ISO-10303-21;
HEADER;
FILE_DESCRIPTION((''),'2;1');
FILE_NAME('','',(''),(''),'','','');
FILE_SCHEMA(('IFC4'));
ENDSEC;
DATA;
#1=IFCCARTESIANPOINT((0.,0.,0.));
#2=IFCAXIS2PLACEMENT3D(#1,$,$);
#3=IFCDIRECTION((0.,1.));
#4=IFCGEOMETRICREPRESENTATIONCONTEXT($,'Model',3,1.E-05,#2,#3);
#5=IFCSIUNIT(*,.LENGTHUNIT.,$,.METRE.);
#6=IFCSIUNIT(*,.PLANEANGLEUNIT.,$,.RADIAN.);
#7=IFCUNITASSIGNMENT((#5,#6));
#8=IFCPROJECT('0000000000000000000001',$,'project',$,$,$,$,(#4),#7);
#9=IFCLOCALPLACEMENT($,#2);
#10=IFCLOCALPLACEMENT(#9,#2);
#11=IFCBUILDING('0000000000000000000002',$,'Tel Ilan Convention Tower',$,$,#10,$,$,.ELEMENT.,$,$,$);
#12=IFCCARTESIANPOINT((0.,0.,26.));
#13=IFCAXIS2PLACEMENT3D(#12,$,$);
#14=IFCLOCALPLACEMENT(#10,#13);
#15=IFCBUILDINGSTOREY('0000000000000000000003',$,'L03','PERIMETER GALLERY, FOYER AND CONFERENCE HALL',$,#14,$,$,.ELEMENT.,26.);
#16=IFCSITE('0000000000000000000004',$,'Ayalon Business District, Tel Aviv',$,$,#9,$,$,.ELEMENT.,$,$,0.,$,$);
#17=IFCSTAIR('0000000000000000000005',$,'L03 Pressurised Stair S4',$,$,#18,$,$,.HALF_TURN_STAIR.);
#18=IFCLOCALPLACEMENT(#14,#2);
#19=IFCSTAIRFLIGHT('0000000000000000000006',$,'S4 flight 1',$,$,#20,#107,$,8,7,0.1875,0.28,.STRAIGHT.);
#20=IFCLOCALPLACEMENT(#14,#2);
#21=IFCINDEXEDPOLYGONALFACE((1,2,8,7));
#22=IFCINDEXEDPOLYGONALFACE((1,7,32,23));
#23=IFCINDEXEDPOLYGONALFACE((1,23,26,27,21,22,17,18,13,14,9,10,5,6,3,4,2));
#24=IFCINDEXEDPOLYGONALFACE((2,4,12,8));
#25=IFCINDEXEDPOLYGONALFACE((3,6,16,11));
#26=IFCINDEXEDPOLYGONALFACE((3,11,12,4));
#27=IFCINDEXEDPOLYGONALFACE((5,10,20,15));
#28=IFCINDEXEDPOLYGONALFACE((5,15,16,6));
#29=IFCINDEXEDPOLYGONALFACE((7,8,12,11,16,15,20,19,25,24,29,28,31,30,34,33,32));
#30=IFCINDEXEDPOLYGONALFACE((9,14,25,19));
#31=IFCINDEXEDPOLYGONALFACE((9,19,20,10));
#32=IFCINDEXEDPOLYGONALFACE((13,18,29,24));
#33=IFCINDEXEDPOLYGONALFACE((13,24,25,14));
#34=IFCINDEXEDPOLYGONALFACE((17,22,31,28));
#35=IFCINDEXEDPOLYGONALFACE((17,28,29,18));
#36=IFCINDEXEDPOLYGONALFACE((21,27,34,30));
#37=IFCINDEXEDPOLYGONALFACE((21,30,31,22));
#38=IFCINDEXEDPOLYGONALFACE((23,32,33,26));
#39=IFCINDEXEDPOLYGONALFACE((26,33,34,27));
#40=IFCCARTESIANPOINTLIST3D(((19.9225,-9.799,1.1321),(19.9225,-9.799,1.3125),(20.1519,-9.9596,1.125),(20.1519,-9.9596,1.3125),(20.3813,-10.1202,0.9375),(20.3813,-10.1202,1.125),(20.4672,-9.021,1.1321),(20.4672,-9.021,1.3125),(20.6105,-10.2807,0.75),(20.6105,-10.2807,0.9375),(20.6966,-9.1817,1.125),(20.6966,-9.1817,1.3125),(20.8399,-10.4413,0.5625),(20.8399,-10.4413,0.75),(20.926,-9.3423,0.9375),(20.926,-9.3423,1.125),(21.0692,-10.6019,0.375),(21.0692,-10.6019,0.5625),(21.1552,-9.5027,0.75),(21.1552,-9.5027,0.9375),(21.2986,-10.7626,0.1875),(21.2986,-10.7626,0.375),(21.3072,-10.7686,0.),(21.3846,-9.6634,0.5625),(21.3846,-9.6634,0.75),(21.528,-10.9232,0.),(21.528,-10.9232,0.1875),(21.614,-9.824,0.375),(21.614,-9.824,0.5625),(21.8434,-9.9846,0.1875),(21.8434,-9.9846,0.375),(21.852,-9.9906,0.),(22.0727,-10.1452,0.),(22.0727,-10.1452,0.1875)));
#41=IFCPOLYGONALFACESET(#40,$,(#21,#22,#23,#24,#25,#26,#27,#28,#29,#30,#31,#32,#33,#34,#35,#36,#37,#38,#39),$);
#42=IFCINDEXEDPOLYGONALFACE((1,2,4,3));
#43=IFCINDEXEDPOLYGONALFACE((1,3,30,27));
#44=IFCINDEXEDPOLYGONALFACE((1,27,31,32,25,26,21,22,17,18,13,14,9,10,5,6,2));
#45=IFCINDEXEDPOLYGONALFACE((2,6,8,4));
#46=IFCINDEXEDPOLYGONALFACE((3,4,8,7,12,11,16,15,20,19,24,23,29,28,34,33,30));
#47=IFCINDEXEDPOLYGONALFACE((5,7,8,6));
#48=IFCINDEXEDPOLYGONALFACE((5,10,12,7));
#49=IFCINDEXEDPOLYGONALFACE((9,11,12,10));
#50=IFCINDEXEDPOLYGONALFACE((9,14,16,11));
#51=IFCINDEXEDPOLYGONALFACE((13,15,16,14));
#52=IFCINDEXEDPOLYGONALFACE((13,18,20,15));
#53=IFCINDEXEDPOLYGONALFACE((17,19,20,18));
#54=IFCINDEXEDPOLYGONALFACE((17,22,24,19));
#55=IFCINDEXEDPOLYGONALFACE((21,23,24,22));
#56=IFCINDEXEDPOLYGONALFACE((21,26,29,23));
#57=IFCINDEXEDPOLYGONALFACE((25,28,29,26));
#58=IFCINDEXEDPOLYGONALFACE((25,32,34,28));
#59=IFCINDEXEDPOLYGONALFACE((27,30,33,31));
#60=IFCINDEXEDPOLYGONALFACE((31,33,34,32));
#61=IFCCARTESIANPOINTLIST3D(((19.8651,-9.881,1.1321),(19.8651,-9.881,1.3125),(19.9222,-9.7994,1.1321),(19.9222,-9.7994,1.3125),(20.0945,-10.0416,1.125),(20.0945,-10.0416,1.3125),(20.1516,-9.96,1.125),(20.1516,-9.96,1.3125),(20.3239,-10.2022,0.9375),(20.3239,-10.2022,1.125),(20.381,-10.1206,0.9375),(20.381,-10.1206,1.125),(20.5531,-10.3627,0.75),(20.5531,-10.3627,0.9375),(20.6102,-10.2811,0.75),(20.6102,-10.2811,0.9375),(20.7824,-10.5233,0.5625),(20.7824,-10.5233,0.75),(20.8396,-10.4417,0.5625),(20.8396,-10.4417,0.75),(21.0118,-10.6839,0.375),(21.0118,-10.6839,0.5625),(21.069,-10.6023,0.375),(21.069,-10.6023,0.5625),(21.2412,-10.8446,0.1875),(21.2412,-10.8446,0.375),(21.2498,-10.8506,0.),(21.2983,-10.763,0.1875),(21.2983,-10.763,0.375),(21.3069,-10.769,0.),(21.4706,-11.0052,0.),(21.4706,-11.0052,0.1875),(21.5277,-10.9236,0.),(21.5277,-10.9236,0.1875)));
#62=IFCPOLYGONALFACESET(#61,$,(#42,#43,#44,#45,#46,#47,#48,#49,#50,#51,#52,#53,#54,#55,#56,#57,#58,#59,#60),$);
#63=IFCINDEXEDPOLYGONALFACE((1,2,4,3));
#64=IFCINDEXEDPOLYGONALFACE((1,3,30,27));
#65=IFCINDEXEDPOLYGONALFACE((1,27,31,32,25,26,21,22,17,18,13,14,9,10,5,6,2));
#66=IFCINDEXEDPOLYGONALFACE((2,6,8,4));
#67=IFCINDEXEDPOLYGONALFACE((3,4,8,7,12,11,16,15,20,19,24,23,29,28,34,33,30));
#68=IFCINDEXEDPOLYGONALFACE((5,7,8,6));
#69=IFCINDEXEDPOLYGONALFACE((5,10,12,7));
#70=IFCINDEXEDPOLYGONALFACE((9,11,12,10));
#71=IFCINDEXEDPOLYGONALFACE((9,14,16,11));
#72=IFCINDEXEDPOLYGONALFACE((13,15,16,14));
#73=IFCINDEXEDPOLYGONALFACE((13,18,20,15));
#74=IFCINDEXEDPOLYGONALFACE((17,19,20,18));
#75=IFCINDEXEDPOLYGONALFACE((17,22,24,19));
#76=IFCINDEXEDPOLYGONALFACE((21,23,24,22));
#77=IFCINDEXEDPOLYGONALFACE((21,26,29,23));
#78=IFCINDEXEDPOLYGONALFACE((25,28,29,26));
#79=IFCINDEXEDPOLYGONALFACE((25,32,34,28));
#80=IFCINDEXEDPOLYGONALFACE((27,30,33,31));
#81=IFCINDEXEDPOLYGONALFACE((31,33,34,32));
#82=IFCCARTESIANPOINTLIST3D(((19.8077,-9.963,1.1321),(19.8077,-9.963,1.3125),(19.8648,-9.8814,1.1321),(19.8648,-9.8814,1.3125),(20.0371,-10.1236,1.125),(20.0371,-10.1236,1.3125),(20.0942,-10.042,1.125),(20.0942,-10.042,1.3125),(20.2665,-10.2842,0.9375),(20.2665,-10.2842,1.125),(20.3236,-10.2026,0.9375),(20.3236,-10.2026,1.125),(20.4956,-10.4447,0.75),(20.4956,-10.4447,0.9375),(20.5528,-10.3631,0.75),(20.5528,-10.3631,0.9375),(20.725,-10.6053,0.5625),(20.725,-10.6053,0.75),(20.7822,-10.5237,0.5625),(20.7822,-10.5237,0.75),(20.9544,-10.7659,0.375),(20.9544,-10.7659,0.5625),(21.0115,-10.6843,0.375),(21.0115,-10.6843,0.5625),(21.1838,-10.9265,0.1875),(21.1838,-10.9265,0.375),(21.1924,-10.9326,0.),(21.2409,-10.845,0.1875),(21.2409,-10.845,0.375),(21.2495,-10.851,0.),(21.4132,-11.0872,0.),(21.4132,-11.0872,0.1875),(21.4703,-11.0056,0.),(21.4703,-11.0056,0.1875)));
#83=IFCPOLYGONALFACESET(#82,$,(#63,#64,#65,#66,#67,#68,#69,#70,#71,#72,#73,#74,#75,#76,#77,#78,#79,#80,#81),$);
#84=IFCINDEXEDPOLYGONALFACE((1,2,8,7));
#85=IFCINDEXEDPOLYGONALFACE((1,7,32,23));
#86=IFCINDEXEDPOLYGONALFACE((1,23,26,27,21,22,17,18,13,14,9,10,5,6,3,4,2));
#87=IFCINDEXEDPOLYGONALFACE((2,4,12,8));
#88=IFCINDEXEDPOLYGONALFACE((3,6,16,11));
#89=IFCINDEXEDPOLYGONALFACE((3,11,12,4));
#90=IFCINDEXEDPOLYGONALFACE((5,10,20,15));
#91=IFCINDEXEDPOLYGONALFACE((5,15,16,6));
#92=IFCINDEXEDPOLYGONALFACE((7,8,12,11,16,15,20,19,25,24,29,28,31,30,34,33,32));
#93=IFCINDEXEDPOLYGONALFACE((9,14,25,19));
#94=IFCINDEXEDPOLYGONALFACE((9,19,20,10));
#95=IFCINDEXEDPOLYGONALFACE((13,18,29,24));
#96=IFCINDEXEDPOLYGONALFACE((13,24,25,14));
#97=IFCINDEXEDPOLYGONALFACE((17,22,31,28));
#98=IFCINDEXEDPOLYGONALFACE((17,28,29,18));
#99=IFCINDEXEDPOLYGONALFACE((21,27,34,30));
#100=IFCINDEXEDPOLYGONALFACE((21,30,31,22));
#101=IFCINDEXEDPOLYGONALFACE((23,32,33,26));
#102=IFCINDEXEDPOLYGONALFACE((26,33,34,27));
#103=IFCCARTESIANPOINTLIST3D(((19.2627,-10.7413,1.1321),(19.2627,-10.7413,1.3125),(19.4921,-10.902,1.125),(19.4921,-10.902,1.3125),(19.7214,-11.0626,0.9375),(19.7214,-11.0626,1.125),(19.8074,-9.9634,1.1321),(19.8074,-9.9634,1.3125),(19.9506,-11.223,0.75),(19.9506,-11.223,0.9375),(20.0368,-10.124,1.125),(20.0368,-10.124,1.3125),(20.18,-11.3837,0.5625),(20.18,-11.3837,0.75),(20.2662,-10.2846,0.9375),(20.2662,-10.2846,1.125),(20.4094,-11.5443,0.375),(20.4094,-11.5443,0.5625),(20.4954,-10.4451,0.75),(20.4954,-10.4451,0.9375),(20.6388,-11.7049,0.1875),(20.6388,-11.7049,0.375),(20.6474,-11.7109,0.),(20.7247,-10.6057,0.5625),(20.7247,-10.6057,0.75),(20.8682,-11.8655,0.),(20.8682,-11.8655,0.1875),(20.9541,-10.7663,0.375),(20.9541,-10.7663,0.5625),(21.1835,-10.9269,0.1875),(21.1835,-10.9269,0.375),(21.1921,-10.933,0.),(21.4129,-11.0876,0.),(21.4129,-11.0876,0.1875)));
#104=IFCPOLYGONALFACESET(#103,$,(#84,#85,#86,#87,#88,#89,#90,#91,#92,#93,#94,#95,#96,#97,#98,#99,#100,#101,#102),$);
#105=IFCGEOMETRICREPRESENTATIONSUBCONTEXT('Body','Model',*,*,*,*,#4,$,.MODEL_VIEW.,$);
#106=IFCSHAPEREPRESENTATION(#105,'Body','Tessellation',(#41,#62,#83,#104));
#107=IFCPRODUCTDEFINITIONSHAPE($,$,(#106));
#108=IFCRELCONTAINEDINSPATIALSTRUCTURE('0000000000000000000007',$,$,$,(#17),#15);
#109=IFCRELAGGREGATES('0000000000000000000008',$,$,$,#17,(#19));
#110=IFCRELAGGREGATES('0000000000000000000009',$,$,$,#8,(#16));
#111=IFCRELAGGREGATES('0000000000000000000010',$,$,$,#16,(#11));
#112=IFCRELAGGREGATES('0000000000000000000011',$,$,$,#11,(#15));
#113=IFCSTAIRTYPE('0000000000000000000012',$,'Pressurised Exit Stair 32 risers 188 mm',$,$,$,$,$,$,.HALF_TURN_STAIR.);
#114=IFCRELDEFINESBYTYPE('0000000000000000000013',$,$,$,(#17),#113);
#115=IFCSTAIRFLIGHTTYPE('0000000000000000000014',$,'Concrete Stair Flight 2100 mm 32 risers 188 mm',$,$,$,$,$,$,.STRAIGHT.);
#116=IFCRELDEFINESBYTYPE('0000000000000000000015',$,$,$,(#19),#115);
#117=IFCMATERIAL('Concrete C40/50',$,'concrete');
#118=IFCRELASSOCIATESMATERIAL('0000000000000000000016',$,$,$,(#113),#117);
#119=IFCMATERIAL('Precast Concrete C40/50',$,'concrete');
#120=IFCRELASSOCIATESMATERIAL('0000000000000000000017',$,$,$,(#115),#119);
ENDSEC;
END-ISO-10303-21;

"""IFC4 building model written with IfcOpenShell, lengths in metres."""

from ifc_helpers import new_model, si_unit, direction, frame, origin, place, context, subcontext, project, spatial, polyline, outline, extrude, material, type_object, element, aggregate, save


model = new_model("IFC4")

# Units and contexts
model_context = context("Model", 3, precision=1e-05, world=origin(), true_north=direction((0.0, 1.0)))
body_context = subcontext(model_context, "Body", "Model", "MODEL_VIEW")
ifc_project = project(units=[si_unit("LENGTHUNIT", "METRE"), si_unit("PLANEANGLEUNIT", "RADIAN")], contexts=[model_context])

# Site, building, storey
site_placement = place(None, origin())
site = spatial("IfcSite", under=ifc_project, at=site_placement, Name="Ayalon Business District, Tel Aviv", CompositionType="ELEMENT", RefElevation=0.0)
building_placement = place(site_placement, origin())
building = spatial("IfcBuilding", under=site, at=building_placement, Name="Tel Ilan Convention Tower", CompositionType="ELEMENT")
storey_placement = place(building_placement, frame((0.0, 0.0, 26.0)))
storey = spatial("IfcBuildingStorey", under=building, at=storey_placement, Name="L03", Description="PERIMETER GALLERY, FOYER AND CONFERENCE HALL", CompositionType="ELEMENT", Elevation=26.0)

# Stair, stair flight
ifc_material_1 = material(Name="Concrete C40/50", Category="concrete")
stair_type = type_object("IfcStairType", Name="Pressurised Exit Stair 32 risers 188 mm", PredefinedType="HALF_TURN_STAIR", material=ifc_material_1)
ifc_material_2 = material(Name="Precast Concrete C40/50", Category="concrete")
stair_flight_type = type_object("IfcStairFlightType", Name="Concrete Stair Flight 2100 mm 32 risers 188 mm", PredefinedType="STRAIGHT", material=ifc_material_2)
stair_1_placement = place(storey_placement, origin())
stair_1 = element("IfcStair", 1, at=stair_1_placement, inside=storey, type_object=stair_type, Name="L03 Pressurised Stair S4", PredefinedType="HALF_TURN_STAIR")
stair_flight_1_placement = place(storey_placement, frame((21.4705, -11.0054, 0.0), z_axis=(0.0, 0.0, 1.0), x_axis=(-0.819152, 0.573576, 0.0)))
stair_flight_1 = element("IfcStairFlight", 2, at=stair_flight_1_placement, type_object=stair_flight_type, Name="S4 flight 1", NumberOfRisers=8, NumberOfTreads=7, PredefinedType="STRAIGHT", RiserHeight=0.1875, TreadLength=0.28, context=body_context, shape_type="SweptSolid", body=[
    extrude(outline(polyline([(0.0, 0.0), (0.0, 0.1875), (0.28, 0.1875), (0.28, 0.375), (0.5601, 0.375), (0.5601, 0.5625), (0.8401, 0.5625), (0.8401, 0.75), (1.1201, 0.75), (1.1201, 0.9375), (1.3999, 0.9375), (1.3999, 1.125), (1.6799, 1.125), (1.6799, 1.3125), (1.96, 1.3125), (1.96, 1.5), (1.96, 1.1321), (0.2695, 0.0), (0.0, 0.0)])), frame((0.0, -0.1003, 0.0), z_axis=(0.0, -1.0, 0.0), x_axis=(1.0, 0.0, 0.0)), (0.0, 0.0, 1.0), 0.9497),
    extrude(outline(polyline([(0.0, 0.0), (0.0, 0.1875), (0.28, 0.1875), (0.28, 0.375), (0.5601, 0.375), (0.5601, 0.5625), (0.8401, 0.5625), (0.8401, 0.75), (1.1201, 0.75), (1.1201, 0.9375), (1.3999, 0.9375), (1.3999, 1.125), (1.6799, 1.125), (1.6799, 1.3125), (1.96, 1.3125), (1.96, 1.5), (1.96, 1.1321), (0.2695, 0.0), (0.0, 0.0)])), frame((0.0, -0.0002, 0.0), z_axis=(0.0, -1.0, 0.0), x_axis=(1.0, 0.0, 0.0)), (0.0, 0.0, 1.0), 0.0996),
    extrude(outline(polyline([(0.0, 0.0), (0.0, 0.1875), (0.28, 0.1875), (0.28, 0.375), (0.5601, 0.375), (0.5601, 0.5625), (0.8401, 0.5625), (0.8401, 0.75), (1.1201, 0.75), (1.1201, 0.9375), (1.3999, 0.9375), (1.3999, 1.125), (1.6799, 1.125), (1.6799, 1.3125), (1.96, 1.3125), (1.96, 1.5), (1.96, 1.1321), (0.2695, 0.0), (0.0, 0.0)])), frame((0.0, 0.0999, 0.0), z_axis=(0.0, -1.0, 0.0), x_axis=(1.0, 0.0, 0.0)), (0.0, 0.0, 1.0), 0.0996),
    extrude(outline(polyline([(0.0, 0.0), (0.0, 0.1875), (0.28, 0.1875), (0.28, 0.375), (0.5601, 0.375), (0.5601, 0.5625), (0.8401, 0.5625), (0.8401, 0.75), (1.1201, 0.75), (1.1201, 0.9375), (1.3999, 0.9375), (1.3999, 1.125), (1.6799, 1.125), (1.6799, 1.3125), (1.96, 1.3125), (1.96, 1.5), (1.96, 1.1321), (0.2695, 0.0), (0.0, 0.0)])), frame((0.0, 1.05, 0.0), z_axis=(0.0, -1.0, 0.0), x_axis=(1.0, 0.0, 0.0)), (0.0, 0.0, 1.0), 0.9497),
])
aggregate(stair_1, [stair_flight_1])

save(model, "model.ifc")
